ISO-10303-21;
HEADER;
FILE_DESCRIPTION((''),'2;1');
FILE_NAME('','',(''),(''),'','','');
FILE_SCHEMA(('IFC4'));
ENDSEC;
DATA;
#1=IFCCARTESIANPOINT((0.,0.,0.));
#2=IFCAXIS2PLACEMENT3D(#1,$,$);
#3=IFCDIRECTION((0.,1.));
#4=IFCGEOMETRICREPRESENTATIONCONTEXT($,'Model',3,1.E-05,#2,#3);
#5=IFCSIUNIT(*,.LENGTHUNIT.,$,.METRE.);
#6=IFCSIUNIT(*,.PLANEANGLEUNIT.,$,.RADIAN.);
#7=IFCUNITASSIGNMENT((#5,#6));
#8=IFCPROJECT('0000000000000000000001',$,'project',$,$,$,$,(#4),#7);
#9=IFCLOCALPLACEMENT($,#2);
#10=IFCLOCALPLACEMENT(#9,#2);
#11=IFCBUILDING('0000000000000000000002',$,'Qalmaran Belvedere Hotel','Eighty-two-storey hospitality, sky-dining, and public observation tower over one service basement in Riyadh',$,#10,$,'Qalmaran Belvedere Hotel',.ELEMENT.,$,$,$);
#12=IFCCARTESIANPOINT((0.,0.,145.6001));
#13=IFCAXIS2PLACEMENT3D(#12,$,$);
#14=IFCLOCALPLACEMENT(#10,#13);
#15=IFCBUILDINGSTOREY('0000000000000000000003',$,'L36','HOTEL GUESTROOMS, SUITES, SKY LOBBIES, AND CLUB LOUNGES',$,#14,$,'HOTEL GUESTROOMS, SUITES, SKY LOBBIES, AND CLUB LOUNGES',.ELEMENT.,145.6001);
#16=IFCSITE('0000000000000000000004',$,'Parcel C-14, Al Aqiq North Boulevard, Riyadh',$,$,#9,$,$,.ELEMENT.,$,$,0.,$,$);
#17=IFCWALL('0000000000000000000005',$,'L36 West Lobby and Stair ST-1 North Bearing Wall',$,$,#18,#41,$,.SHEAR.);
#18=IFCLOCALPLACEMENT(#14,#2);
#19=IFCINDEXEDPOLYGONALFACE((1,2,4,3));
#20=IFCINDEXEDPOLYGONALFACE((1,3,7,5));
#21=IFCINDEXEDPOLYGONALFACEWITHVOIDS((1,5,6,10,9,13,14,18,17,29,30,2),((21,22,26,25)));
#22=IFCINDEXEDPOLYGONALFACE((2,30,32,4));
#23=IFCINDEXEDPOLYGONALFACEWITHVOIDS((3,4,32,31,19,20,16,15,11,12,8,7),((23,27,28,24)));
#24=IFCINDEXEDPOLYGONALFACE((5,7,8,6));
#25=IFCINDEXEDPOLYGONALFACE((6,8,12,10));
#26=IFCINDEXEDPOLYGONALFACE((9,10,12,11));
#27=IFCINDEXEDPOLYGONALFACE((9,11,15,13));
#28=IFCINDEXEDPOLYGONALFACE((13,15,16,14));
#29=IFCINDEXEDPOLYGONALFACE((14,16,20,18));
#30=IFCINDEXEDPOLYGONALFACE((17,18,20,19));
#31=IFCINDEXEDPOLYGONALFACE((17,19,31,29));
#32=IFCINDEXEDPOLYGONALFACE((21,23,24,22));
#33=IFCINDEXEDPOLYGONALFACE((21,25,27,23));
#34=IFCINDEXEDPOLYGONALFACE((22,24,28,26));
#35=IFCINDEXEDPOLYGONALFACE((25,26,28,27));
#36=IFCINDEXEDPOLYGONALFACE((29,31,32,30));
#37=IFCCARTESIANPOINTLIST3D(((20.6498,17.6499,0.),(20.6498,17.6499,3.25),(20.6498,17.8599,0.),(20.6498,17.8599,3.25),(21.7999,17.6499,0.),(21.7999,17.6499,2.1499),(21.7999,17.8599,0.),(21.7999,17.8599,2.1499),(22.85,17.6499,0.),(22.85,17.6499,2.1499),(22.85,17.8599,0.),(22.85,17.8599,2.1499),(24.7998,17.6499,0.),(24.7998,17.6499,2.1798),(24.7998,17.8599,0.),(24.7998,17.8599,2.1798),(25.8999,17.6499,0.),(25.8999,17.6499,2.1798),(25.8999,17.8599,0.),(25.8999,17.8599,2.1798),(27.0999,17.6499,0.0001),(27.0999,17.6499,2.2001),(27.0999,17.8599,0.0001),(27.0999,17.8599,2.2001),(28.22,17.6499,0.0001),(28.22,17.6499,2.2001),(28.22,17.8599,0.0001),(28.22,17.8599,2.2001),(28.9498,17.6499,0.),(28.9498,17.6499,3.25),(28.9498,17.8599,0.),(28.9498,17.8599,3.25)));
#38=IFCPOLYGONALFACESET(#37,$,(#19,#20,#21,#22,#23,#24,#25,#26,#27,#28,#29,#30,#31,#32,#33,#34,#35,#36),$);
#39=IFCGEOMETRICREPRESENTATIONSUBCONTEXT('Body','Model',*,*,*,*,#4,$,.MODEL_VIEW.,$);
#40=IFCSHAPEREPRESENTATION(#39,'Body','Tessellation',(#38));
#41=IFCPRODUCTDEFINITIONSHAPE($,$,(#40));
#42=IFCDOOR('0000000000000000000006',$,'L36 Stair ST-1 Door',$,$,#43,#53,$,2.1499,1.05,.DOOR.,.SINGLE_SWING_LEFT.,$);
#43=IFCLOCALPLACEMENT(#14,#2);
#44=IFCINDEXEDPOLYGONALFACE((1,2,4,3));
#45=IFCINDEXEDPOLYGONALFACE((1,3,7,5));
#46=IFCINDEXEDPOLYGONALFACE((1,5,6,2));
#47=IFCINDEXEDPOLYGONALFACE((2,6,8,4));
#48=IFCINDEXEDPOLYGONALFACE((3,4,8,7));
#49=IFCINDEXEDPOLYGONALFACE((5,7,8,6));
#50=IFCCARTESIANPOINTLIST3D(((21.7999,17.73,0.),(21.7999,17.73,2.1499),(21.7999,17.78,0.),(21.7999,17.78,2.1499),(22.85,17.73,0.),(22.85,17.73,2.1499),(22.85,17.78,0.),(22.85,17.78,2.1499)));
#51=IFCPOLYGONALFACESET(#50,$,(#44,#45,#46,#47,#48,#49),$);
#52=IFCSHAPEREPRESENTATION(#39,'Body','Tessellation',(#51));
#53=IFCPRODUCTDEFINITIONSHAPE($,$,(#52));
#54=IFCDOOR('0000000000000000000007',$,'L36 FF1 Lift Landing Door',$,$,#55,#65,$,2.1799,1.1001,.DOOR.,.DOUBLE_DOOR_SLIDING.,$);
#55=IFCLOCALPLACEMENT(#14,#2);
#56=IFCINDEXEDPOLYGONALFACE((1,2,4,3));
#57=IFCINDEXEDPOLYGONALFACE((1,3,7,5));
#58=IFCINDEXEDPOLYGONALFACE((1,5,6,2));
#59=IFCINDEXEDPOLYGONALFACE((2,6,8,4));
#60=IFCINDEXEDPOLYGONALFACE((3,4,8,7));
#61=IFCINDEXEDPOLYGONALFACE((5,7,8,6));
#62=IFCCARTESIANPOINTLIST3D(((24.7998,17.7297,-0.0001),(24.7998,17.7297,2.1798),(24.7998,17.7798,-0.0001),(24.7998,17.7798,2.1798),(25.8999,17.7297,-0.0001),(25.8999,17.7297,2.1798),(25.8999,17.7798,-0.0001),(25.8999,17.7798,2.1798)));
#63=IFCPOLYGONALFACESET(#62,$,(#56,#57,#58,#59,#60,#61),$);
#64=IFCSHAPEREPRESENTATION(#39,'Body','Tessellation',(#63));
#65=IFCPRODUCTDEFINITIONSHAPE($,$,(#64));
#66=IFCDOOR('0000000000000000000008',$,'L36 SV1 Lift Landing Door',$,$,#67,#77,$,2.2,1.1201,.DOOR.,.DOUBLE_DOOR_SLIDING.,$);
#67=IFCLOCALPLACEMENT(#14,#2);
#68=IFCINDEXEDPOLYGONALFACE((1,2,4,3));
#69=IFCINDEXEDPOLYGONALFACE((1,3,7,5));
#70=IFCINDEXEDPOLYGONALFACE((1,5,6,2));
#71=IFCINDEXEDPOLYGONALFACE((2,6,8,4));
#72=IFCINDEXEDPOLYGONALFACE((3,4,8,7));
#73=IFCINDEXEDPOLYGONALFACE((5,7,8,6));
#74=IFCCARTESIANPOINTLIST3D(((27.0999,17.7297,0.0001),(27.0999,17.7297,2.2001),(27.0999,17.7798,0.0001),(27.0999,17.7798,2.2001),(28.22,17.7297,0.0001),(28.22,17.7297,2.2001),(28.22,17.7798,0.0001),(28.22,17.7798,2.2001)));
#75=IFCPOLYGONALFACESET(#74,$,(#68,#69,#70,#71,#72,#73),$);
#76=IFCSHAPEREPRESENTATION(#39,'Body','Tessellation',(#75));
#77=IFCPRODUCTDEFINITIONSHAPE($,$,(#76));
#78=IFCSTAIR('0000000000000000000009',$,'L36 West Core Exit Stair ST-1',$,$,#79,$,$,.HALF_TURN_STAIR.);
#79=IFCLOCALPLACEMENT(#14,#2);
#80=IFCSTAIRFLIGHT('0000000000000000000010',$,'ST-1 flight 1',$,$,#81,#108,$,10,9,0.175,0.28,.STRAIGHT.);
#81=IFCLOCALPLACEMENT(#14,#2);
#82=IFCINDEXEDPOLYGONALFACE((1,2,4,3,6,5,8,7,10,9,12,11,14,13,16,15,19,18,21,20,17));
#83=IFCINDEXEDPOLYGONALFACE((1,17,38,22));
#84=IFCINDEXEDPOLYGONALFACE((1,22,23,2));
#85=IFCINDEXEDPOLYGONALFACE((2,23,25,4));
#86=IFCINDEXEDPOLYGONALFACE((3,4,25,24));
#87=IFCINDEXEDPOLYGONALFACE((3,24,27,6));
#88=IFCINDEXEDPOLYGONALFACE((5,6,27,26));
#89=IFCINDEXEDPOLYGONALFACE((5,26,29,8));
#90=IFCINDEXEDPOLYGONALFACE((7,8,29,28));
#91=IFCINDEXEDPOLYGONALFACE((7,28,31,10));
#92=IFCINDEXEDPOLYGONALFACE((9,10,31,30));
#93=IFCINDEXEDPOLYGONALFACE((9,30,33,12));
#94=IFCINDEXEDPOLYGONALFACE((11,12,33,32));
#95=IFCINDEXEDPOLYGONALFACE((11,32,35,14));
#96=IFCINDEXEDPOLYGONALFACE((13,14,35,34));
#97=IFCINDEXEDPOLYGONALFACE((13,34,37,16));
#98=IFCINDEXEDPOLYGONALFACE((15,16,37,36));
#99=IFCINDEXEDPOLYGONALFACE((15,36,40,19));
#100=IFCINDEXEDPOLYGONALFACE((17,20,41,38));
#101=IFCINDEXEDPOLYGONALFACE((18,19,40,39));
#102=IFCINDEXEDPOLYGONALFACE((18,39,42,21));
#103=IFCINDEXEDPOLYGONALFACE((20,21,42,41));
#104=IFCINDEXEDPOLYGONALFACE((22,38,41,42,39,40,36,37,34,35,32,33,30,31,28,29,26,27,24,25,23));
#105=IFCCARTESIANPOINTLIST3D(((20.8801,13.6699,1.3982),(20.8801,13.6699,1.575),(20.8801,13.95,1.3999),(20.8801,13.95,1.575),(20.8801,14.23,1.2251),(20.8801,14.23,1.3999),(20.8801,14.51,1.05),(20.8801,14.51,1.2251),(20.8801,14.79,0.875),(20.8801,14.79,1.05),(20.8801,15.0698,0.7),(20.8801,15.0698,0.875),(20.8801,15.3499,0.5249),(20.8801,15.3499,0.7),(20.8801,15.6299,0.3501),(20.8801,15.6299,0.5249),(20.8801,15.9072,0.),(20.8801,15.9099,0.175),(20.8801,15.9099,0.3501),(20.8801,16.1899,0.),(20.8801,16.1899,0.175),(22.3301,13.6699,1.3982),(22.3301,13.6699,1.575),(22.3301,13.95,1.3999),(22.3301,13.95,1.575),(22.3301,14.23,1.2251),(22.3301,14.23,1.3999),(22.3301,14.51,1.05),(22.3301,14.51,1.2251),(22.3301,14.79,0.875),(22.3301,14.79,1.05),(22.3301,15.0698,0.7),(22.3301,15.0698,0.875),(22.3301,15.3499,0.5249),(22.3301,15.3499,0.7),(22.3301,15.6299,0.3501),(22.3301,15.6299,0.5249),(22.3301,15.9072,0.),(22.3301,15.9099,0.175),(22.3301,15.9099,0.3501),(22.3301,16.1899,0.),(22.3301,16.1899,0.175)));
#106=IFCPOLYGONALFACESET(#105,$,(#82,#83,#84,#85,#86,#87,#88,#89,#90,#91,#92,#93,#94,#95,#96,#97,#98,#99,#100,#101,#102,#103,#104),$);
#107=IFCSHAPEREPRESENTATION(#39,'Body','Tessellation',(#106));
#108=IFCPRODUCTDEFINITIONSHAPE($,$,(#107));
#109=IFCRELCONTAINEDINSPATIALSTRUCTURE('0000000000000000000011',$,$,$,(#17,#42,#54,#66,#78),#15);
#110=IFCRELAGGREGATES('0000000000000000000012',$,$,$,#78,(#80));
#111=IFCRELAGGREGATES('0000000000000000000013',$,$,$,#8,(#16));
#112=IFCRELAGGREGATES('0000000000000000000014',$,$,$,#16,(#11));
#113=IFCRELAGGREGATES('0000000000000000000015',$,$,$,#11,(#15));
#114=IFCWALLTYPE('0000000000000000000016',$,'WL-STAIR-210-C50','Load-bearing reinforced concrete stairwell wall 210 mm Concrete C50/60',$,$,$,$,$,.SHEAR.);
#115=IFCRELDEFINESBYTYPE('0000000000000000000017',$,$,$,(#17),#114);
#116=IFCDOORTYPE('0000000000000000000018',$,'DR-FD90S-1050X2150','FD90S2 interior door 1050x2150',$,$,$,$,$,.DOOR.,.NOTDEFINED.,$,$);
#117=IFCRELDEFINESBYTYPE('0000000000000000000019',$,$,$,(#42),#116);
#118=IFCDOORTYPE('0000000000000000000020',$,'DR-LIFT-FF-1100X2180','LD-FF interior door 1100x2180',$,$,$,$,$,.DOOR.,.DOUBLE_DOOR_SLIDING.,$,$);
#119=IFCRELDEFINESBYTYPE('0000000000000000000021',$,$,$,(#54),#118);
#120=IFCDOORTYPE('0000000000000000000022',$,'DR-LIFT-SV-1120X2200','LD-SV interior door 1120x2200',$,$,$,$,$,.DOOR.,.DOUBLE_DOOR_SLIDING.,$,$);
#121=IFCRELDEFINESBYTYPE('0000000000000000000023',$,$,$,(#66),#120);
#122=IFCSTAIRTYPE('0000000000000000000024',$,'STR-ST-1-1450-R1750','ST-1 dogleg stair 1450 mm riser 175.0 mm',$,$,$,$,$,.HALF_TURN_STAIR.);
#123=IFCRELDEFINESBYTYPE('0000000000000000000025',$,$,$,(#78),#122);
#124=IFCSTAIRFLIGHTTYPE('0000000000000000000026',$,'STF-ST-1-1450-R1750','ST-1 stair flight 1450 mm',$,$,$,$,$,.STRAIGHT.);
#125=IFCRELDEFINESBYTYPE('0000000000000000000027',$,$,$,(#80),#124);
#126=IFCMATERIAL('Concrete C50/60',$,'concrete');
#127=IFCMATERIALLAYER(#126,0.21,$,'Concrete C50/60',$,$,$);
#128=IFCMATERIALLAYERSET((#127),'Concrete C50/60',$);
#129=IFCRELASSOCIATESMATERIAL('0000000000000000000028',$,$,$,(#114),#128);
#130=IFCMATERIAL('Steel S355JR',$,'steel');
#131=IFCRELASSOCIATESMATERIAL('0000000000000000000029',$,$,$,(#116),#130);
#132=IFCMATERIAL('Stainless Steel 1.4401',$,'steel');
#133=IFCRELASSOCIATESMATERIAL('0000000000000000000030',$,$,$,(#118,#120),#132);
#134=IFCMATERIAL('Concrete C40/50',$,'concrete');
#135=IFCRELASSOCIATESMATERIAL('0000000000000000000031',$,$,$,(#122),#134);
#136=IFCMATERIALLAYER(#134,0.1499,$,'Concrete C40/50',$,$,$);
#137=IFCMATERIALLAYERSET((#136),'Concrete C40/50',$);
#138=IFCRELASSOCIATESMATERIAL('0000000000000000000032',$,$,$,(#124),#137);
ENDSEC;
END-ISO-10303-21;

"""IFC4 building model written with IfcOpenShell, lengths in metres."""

from ifc_helpers import new_model, si_unit, direction, frame, frame_2d, origin, place, context, subcontext, project, spatial, polyline, rectangle, outline, extrude, material, layer, layer_set, type_object, element, fill, aggregate, save


model = new_model("IFC4")

# Units and contexts
model_context = context("Model", 3, precision=1e-05, world=origin(), true_north=direction((0.0, 1.0)))
body_context = subcontext(model_context, "Body", "Model", "MODEL_VIEW")
ifc_project = project(units=[si_unit("LENGTHUNIT", "METRE"), si_unit("PLANEANGLEUNIT", "RADIAN")], contexts=[model_context])

# Site, building, storey
site_placement = place(None, origin())
site = spatial("IfcSite", under=ifc_project, at=site_placement, Name="Parcel C-14, Al Aqiq North Boulevard, Riyadh", CompositionType="ELEMENT", RefElevation=0.0)
building_placement = place(site_placement, origin())
building = spatial("IfcBuilding", under=site, at=building_placement, Name="Qalmaran Belvedere Hotel", Description="Eighty-two-storey hospitality, sky-dining, and public observation tower over one service basement in Riyadh", LongName="Qalmaran Belvedere Hotel", CompositionType="ELEMENT")
storey_placement = place(building_placement, frame((0.0, 0.0, 145.6001)))
storey = spatial("IfcBuildingStorey", under=building, at=storey_placement, Name="L36", Description="HOTEL GUESTROOMS, SUITES, SKY LOBBIES, AND CLUB LOUNGES", LongName="HOTEL GUESTROOMS, SUITES, SKY LOBBIES, AND CLUB LOUNGES", CompositionType="ELEMENT", Elevation=145.6001)

# Shared definitions
ifc_material_1 = material(Name="Steel S355JR", Category="steel")

# Wall, openings, doors
ifc_material_2 = material(Name="Concrete C50/60", Category="concrete")
ifc_layer_1 = layer(ifc_material_2, 0.21, Name="Concrete C50/60")
ifc_layer_set_1 = layer_set([ifc_layer_1], Name="Concrete C50/60")
wall_type_1 = type_object("IfcWallType", Name="WL-STAIR-210-C50", Description="Load-bearing reinforced concrete stairwell wall 210 mm Concrete C50/60", PredefinedType="SHEAR", material=ifc_layer_set_1)
wall_1_placement = place(storey_placement, frame((20.6499, 17.7549, 0.0), z_axis=(0.0, 0.0, 1.0), x_axis=(1.0, 0.0, 0.0)))
wall_1 = element("IfcWall", 1, at=wall_1_placement, inside=storey, type_object=wall_type_1, Name="L36 West Lobby and Stair ST-1 North Bearing Wall", PredefinedType="SHEAR", context=body_context, shape_type="SweptSolid", body=[
    extrude(rectangle(XDim=8.3, YDim=0.21, at=frame_2d((4.1499, 0.0))), origin(), (0.0, 0.0, 1.0), 3.25),
])
opening_1_placement = place(wall_1_placement, frame((2.2, 0.0, 0.0), z_axis=(0.0, 0.0, 1.0), x_axis=(-1.0, 0.0, 0.0)))
opening_1 = element("IfcOpeningElement", 2, at=opening_1_placement, cuts=wall_1, PredefinedType="OPENING", context=body_context, shape_type="SweptSolid", body=[
    extrude(rectangle(XDim=1.05, YDim=2.1499, at=frame_2d((0.5249, 1.075))), frame((0.0, 0.115, 0.0), z_axis=(0.0, -1.0, 0.0), x_axis=(1.0, 0.0, 0.0)), (0.0, 0.0, 1.0), 0.23),
])
opening_2_placement = place(wall_1_placement, frame((4.1499, 0.0, 0.0)))
opening_2 = element("IfcOpeningElement", 3, at=opening_2_placement, cuts=wall_1, PredefinedType="OPENING", context=body_context, shape_type="SweptSolid", body=[
    extrude(rectangle(XDim=1.1001, YDim=2.1799, at=frame_2d((0.55, 1.0898))), frame((0.0, 0.115, 0.0), z_axis=(0.0, -1.0, 0.0), x_axis=(1.0, 0.0, 0.0)), (0.0, 0.0, 1.0), 0.23),
])
opening_3_placement = place(wall_1_placement, frame((6.45, 0.0, 0.0)))
opening_3 = element("IfcOpeningElement", 4, at=opening_3_placement, cuts=wall_1, PredefinedType="OPENING", context=body_context, shape_type="SweptSolid", body=[
    extrude(rectangle(XDim=1.1201, YDim=2.2, at=frame_2d((0.5601, 1.1001))), frame((0.0, 0.115, 0.0), z_axis=(0.0, -1.0, 0.0), x_axis=(1.0, 0.0, 0.0)), (0.0, 0.0, 1.0), 0.23),
])
door_type_1 = type_object("IfcDoorType", Name="DR-FD90S-1050X2150", Description="FD90S2 interior door 1050x2150", OperationType="NOTDEFINED", PredefinedType="DOOR", material=ifc_material_1)
door_1_placement = place(opening_1_placement, origin())
door_1 = element("IfcDoor", 5, at=door_1_placement, inside=storey, type_object=door_type_1, Name="L36 Stair ST-1 Door", OperationType="SINGLE_SWING_LEFT", OverallHeight=2.1499, OverallWidth=1.05, PredefinedType="DOOR", context=body_context, shape_type="SweptSolid", body=[
    extrude(rectangle(XDim=1.05, YDim=2.1499, at=frame_2d((0.5249, 1.075))), frame((0.0, 0.0249, 0.0), z_axis=(0.0, -1.0, 0.0), x_axis=(1.0, 0.0, 0.0)), (0.0, 0.0, 1.0), 0.05),
])
fill(opening_1, door_1)
ifc_material_3 = material(Name="Stainless Steel 1.4401", Category="steel")
door_type_2 = type_object("IfcDoorType", Name="DR-LIFT-FF-1100X2180", Description="LD-FF interior door 1100x2180", OperationType="DOUBLE_DOOR_SLIDING", PredefinedType="DOOR", material=ifc_material_3)
door_2_placement = place(opening_2_placement, origin())
door_2 = element("IfcDoor", 6, at=door_2_placement, inside=storey, type_object=door_type_2, Name="L36 FF1 Lift Landing Door", OperationType="DOUBLE_DOOR_SLIDING", OverallHeight=2.1799, OverallWidth=1.1001, PredefinedType="DOOR", context=body_context, shape_type="SweptSolid", body=[
    extrude(rectangle(XDim=1.1001, YDim=2.1799, at=frame_2d((0.55, 1.0898))), frame((0.0, 0.0249, 0.0), z_axis=(0.0, -1.0, 0.0), x_axis=(1.0, 0.0, 0.0)), (0.0, 0.0, 1.0), 0.05),
])
fill(opening_2, door_2)
door_type_3 = type_object("IfcDoorType", Name="DR-LIFT-SV-1120X2200", Description="LD-SV interior door 1120x2200", OperationType="DOUBLE_DOOR_SLIDING", PredefinedType="DOOR", material=ifc_material_3)
door_3_placement = place(opening_3_placement, origin())
door_3 = element("IfcDoor", 7, at=door_3_placement, inside=storey, type_object=door_type_3, Name="L36 SV1 Lift Landing Door", OperationType="DOUBLE_DOOR_SLIDING", OverallHeight=2.2, OverallWidth=1.1201, PredefinedType="DOOR", context=body_context, shape_type="SweptSolid", body=[
    extrude(rectangle(XDim=1.1201, YDim=2.2, at=frame_2d((0.5601, 1.1001))), frame((0.0, 0.0249, 0.0), z_axis=(0.0, -1.0, 0.0), x_axis=(1.0, 0.0, 0.0)), (0.0, 0.0, 1.0), 0.05),
])
fill(opening_3, door_3)

# Stair, stair flight
ifc_material_4 = material(Name="Concrete C40/50", Category="concrete")
stair_type = type_object("IfcStairType", Name="STR-ST-1-1450-R1750", Description="ST-1 dogleg stair 1450 mm riser 175.0 mm", PredefinedType="HALF_TURN_STAIR", material=ifc_material_4)
stair_placement = place(storey_placement, origin())
stair = element("IfcStair", 8, at=stair_placement, inside=storey, type_object=stair_type, Name="L36 West Core Exit Stair ST-1", PredefinedType="HALF_TURN_STAIR")
ifc_layer_2 = layer(ifc_material_4, 0.1499, Name="Concrete C40/50")
ifc_layer_set_2 = layer_set([ifc_layer_2], Name="Concrete C40/50")
stair_flight_type = type_object("IfcStairFlightType", Name="STF-ST-1-1450-R1750", Description="ST-1 stair flight 1450 mm", PredefinedType="STRAIGHT", material=ifc_layer_set_2)
stair_flight_placement = place(storey_placement, frame((21.605, 16.1899, 0.0), z_axis=(0.0, 0.0, 1.0), x_axis=(0.0, -1.0, 0.0)))
stair_flight = element("IfcStairFlight", 9, at=stair_flight_placement, type_object=stair_flight_type, Name="ST-1 flight 1", NumberOfRisers=10, NumberOfTreads=9, PredefinedType="STRAIGHT", RiserHeight=0.175, TreadLength=0.28, context=body_context, shape_type="SweptSolid", body=[
    extrude(outline(polyline([(0.0, 0.0), (0.0, 0.175), (0.28, 0.175), (0.28, 0.3501), (0.5601, 0.3501), (0.5601, 0.5249), (0.8401, 0.5249), (0.8401, 0.7), (1.1201, 0.7), (1.1201, 0.875), (1.3999, 0.875), (1.3999, 1.05), (1.6799, 1.05), (1.6799, 1.2251), (1.96, 1.2251), (1.96, 1.3999), (2.24, 1.3999), (2.24, 1.575), (2.52, 1.575), (2.52, 1.75), (2.52, 1.3982), (0.2827, 0.0), (0.0, 0.0)])), frame((0.0, 0.7251, 0.0), z_axis=(0.0, -1.0, 0.0), x_axis=(1.0, 0.0, 0.0)), (0.0, 0.0, 1.0), 1.45),
])
aggregate(stair, [stair_flight])

save(model, "model.ifc")
